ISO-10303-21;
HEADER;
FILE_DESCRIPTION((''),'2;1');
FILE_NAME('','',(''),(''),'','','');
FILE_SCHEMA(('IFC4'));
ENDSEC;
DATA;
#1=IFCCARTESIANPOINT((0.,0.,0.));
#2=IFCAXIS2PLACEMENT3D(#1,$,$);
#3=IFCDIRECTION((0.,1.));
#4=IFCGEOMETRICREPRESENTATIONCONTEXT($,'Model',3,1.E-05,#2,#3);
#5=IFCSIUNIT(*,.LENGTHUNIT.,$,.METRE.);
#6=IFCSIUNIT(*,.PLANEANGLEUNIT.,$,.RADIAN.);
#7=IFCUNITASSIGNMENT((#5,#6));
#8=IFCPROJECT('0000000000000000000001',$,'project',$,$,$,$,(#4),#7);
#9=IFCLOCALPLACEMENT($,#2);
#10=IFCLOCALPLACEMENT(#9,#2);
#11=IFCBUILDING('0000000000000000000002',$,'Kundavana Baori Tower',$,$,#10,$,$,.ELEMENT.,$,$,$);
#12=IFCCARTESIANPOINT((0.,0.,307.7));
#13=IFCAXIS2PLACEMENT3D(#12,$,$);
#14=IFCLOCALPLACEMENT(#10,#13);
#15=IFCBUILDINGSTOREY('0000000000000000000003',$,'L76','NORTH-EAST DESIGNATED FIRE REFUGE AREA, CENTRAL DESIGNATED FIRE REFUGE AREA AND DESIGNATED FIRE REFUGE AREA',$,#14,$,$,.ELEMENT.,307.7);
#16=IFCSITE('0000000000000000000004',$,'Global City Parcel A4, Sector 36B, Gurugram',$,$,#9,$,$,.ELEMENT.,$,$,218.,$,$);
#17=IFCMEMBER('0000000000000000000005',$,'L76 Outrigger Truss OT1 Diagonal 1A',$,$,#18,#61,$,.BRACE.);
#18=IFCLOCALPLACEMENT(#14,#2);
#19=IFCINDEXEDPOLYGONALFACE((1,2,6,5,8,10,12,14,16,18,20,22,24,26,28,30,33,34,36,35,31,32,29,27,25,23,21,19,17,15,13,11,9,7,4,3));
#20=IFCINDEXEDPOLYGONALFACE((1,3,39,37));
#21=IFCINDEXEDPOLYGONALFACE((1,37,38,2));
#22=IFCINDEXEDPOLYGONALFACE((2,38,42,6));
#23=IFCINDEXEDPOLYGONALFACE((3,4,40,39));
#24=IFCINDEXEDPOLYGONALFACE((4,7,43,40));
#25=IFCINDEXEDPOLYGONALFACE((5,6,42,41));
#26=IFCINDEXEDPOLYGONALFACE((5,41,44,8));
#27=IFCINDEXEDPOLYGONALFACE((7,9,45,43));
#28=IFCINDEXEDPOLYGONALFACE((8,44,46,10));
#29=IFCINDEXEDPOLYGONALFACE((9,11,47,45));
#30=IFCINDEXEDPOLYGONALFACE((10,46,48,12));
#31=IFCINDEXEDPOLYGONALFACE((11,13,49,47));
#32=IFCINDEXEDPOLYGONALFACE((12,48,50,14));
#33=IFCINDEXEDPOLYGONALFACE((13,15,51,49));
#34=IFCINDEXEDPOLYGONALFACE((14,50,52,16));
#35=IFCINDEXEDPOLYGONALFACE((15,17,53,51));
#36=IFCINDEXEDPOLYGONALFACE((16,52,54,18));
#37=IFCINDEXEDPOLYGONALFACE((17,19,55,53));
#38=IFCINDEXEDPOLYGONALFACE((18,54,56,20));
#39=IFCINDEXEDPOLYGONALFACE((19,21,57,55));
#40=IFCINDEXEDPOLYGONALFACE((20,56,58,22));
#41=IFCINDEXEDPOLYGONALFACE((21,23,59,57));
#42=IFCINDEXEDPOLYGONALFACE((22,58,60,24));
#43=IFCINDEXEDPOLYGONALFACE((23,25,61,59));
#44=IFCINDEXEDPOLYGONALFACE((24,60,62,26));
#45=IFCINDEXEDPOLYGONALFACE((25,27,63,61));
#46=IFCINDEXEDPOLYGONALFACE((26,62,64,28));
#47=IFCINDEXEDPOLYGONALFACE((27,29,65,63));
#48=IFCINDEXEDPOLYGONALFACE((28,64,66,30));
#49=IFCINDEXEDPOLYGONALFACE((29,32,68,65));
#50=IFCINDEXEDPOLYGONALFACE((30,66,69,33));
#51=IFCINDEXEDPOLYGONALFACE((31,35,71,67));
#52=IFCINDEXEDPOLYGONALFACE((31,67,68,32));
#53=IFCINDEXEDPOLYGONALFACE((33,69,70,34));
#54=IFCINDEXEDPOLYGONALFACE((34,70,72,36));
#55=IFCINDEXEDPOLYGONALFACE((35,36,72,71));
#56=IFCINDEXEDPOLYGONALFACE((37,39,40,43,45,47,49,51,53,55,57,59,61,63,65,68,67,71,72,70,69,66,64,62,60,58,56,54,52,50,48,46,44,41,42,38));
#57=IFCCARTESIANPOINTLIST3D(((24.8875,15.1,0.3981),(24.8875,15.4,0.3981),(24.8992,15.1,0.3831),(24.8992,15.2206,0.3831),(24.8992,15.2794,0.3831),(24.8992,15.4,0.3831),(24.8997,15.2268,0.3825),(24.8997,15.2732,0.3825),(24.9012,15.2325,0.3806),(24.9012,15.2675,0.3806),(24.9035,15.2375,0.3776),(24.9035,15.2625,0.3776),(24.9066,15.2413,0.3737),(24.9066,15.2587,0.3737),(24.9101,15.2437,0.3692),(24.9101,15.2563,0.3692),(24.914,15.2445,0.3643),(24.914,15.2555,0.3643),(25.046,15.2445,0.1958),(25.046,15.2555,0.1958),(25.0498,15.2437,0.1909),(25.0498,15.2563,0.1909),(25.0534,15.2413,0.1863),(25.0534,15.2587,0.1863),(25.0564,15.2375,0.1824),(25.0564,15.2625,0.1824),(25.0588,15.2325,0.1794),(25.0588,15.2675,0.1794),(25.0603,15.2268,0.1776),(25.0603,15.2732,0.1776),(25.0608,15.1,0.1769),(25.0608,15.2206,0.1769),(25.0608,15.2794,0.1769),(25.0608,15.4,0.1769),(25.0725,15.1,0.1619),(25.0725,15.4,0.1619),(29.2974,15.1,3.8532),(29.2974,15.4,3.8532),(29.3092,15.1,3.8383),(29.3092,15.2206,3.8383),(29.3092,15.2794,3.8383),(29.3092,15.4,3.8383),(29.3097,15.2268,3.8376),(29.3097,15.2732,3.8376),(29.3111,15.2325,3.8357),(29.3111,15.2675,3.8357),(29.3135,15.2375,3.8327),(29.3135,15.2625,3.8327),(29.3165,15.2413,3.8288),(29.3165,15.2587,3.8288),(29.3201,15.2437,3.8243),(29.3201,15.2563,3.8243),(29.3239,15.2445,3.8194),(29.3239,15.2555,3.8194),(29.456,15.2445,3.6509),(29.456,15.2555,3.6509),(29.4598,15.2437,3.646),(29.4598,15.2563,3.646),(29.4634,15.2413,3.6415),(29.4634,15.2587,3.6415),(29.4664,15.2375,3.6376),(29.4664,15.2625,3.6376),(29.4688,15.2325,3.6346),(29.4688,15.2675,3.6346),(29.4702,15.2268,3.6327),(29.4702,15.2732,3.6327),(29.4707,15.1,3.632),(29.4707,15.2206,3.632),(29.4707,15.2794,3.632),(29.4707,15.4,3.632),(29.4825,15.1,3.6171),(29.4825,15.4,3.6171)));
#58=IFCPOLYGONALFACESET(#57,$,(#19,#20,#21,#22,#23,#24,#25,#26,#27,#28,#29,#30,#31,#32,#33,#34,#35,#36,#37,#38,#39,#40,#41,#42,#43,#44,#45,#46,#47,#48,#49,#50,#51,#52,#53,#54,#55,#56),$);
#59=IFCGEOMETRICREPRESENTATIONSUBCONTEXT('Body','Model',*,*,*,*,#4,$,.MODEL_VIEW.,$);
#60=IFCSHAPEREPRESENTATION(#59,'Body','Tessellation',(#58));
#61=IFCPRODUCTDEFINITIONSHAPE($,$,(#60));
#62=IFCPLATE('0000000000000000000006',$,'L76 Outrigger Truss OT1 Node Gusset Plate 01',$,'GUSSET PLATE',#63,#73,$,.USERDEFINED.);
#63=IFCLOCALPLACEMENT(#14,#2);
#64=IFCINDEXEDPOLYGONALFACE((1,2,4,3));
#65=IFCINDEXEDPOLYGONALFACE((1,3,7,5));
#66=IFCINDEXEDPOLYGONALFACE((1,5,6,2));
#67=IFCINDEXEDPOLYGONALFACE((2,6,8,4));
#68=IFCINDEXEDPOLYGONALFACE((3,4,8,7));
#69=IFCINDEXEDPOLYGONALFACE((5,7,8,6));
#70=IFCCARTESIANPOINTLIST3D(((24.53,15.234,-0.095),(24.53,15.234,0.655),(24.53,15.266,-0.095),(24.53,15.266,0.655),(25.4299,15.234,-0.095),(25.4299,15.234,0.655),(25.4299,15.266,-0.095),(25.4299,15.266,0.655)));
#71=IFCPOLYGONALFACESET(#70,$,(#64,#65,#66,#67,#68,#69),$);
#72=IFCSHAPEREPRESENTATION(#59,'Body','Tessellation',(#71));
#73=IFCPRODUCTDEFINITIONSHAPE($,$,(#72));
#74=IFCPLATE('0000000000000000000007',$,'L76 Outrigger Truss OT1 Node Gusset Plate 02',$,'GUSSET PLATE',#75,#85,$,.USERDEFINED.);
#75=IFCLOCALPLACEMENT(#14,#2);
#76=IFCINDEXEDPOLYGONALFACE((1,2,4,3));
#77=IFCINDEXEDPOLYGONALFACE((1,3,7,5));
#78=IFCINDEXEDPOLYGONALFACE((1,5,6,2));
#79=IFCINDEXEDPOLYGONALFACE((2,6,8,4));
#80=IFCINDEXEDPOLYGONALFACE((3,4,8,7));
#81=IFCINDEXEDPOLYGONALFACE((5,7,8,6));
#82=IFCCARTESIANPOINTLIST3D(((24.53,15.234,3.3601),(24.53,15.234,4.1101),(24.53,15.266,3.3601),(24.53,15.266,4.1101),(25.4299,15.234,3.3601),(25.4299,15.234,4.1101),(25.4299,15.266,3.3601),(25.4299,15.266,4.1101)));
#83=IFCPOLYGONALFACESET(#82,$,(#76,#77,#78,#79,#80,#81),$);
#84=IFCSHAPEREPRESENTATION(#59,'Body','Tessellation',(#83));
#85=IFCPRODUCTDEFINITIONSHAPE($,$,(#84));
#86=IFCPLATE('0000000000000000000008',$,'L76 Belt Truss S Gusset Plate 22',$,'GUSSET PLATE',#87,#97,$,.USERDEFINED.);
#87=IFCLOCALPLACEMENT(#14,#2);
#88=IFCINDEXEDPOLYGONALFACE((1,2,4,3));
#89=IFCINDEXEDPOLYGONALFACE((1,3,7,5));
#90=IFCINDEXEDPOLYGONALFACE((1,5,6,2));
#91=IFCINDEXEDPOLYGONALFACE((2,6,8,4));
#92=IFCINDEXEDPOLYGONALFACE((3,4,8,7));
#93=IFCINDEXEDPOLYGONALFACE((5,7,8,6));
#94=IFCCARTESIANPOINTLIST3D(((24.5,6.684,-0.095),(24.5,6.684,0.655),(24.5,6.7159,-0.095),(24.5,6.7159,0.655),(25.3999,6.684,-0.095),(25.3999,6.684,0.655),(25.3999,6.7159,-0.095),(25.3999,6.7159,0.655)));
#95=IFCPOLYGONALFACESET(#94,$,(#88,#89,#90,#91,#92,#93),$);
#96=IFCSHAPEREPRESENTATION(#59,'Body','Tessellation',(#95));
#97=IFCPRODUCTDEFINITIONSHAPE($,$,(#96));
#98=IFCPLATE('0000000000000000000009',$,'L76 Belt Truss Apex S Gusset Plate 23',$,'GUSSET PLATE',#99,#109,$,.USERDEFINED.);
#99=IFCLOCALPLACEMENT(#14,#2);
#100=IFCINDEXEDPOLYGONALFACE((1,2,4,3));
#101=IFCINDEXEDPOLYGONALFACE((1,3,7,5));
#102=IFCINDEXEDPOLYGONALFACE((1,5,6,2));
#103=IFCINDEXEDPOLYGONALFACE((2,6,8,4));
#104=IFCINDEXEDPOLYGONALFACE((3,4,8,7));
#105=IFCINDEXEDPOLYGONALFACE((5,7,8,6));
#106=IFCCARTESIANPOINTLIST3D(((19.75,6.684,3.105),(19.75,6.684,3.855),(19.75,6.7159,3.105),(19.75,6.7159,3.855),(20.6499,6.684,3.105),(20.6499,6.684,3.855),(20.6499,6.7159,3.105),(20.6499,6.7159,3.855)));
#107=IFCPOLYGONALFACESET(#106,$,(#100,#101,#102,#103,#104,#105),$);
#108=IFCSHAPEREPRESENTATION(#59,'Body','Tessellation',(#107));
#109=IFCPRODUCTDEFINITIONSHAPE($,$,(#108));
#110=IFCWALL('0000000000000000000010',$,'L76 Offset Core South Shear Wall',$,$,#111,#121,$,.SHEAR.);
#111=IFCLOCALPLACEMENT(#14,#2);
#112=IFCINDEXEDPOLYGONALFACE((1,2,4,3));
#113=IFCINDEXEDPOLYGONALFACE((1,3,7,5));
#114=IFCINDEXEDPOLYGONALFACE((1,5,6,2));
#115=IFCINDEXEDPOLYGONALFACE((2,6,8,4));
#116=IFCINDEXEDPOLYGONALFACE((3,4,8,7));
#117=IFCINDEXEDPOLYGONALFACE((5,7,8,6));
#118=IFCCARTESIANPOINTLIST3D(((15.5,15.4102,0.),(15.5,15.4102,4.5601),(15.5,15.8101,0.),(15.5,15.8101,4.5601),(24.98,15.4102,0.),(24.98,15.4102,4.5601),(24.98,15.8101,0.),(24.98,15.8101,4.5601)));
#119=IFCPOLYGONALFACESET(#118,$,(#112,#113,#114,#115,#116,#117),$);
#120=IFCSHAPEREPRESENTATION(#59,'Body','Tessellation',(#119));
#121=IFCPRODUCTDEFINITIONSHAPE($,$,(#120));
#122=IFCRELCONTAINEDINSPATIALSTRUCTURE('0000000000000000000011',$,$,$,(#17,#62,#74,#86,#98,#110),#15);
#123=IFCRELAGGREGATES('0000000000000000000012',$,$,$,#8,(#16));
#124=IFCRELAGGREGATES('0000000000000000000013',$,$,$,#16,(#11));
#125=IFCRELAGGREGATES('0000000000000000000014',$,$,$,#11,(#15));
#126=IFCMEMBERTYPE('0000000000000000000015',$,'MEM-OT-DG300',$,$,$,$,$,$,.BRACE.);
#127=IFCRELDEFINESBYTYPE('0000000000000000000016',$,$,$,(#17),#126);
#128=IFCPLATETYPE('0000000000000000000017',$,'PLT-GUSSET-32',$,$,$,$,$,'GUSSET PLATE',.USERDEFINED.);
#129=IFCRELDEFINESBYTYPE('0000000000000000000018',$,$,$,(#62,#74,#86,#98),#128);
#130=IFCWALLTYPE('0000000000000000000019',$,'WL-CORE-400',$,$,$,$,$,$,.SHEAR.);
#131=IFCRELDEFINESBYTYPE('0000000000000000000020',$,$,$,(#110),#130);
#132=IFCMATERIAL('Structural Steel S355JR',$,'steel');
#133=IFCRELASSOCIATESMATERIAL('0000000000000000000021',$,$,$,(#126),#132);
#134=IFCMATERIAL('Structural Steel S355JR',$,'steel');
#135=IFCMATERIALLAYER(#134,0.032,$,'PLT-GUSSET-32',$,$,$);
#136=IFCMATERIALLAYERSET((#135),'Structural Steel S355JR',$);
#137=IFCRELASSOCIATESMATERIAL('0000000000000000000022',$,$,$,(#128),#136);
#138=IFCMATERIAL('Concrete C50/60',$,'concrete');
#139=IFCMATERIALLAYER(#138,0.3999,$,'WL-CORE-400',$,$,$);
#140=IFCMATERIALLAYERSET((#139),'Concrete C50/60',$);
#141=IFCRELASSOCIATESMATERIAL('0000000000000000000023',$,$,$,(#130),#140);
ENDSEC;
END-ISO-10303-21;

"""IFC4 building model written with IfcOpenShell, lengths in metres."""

from ifc_helpers import new_model, si_unit, direction, frame, frame_2d, origin, origin_2d, place, context, subcontext, project, spatial, rectangle, i_section, extrude, material, layer, layer_set, material_profile, profile_set, type_object, element, save


model = new_model("IFC4")

# Units and contexts
model_context = context("Model", 3, precision=1e-05, world=origin(), true_north=direction((0.0, 1.0)))
body_context = subcontext(model_context, "Body", "Model", "MODEL_VIEW")
ifc_project = project(units=[si_unit("LENGTHUNIT", "METRE"), si_unit("PLANEANGLEUNIT", "RADIAN")], contexts=[model_context])

# Site, building, storey
site_placement = place(None, origin())
site = spatial("IfcSite", under=ifc_project, at=site_placement, Name="Global City Parcel A4, Sector 36B, Gurugram", CompositionType="ELEMENT", RefElevation=218.0)
building_placement = place(site_placement, origin())
building = spatial("IfcBuilding", under=site, at=building_placement, Name="Kundavana Baori Tower", CompositionType="ELEMENT")
storey_placement = place(building_placement, frame((0.0, 0.0, 307.7)))
storey = spatial("IfcBuildingStorey", under=building, at=storey_placement, Name="L76", Description="NORTH-EAST DESIGNATED FIRE REFUGE AREA, CENTRAL DESIGNATED FIRE REFUGE AREA AND DESIGNATED FIRE REFUGE AREA", CompositionType="ELEMENT", Elevation=307.7)

# Member
ifc_material_1 = material(Name="Structural Steel S355JR", Category="steel")
ifc_material_profile_1 = material_profile(ifc_material_1, i_section(OverallWidth=0.3, OverallDepth=0.3, WebThickness=0.011, FlangeThickness=0.019, FilletRadius=0.0239, at=origin_2d()), Name="WPB 300x300x117")
ifc_profile_set_1 = profile_set([ifc_material_profile_1], Name="Structural Steel S355JR")
member_type_1 = type_object("IfcMemberType", Name="MEM-OT-DG300", PredefinedType="BRACE", material=ifc_profile_set_1)
member_1_placement = place(storey_placement, frame((24.98, 15.25, 0.28), z_axis=(0.787172, 0.0, 0.616734), x_axis=(0.0, 1.0, 0.0)))
element("IfcMember", 1, at=member_1_placement, inside=storey, type_object=member_type_1, Name="L76 Outrigger Truss OT1 Diagonal 1A", PredefinedType="BRACE", context=body_context, shape_type="SweptSolid", body=[
    extrude(i_section(OverallWidth=0.3, OverallDepth=0.3, WebThickness=0.011, FlangeThickness=0.019, FilletRadius=0.0239, at=origin_2d()), origin(), (0.0, 0.0, 1.0), 5.6023),
])

# Plates
ifc_material_2 = material(Name="Structural Steel S355JR", Category="steel")
ifc_layer_1 = layer(ifc_material_2, 0.032, Name="PLT-GUSSET-32")
ifc_layer_set_1 = layer_set([ifc_layer_1], Name="Structural Steel S355JR")
plate_type = type_object("IfcPlateType", Name="PLT-GUSSET-32", ElementType="GUSSET PLATE", PredefinedType="USERDEFINED", material=ifc_layer_set_1)
for number, where, z_axis, x_axis, name in (
    (2, (24.98, 15.25, -0.095), (0.0, 0.0, 1.0), (1.0, 0.0, 0.0), "L76 Outrigger Truss OT1 Node Gusset Plate 01"),
    (3, (24.98, 15.25, 3.3601), (0.0, 0.0, 1.0), (1.0, 0.0, 0.0), "L76 Outrigger Truss OT1 Node Gusset Plate 02"),
    (4, (24.95, 6.7, -0.095), (0.0, 0.0, 1.0), (1.0, 0.0, 0.0), "L76 Belt Truss S Gusset Plate 22"),
    (5, (20.2, 6.7, 3.105), (0.0, 0.0, 1.0), (1.0, 0.0, 0.0), "L76 Belt Truss Apex S Gusset Plate 23"),
):
    element("IfcPlate", number, at=place(storey_placement, frame(where, z_axis=z_axis, x_axis=x_axis)), inside=storey, type_object=plate_type, Name=name, ObjectType="GUSSET PLATE", PredefinedType="USERDEFINED", context=body_context, shape_type="SweptSolid", body=[
        extrude(rectangle(XDim=0.8999, YDim=0.032, at=origin_2d()), origin(), (0.0, 0.0, 1.0), 0.75),
    ])

# Wall
ifc_material_3 = material(Name="Concrete C50/60", Category="concrete")
ifc_layer_2 = layer(ifc_material_3, 0.3999, Name="WL-CORE-400")
ifc_layer_set_2 = layer_set([ifc_layer_2], Name="Concrete C50/60")
wall_type = type_object("IfcWallType", Name="WL-CORE-400", PredefinedType="SHEAR", material=ifc_layer_set_2)
wall_1_placement = place(storey_placement, frame((15.5, 15.6101, 0.0), z_axis=(0.0, 0.0, 1.0), x_axis=(1.0, 0.0, 0.0)))
element("IfcWall", 6, at=wall_1_placement, inside=storey, type_object=wall_type, Name="L76 Offset Core South Shear Wall", PredefinedType="SHEAR", context=body_context, shape_type="SweptSolid", body=[
    extrude(rectangle(XDim=9.48, YDim=0.3999, at=frame_2d((4.74, 0.0))), origin(), (0.0, 0.0, 1.0), 4.5601),
])

save(model, "model.ifc")
